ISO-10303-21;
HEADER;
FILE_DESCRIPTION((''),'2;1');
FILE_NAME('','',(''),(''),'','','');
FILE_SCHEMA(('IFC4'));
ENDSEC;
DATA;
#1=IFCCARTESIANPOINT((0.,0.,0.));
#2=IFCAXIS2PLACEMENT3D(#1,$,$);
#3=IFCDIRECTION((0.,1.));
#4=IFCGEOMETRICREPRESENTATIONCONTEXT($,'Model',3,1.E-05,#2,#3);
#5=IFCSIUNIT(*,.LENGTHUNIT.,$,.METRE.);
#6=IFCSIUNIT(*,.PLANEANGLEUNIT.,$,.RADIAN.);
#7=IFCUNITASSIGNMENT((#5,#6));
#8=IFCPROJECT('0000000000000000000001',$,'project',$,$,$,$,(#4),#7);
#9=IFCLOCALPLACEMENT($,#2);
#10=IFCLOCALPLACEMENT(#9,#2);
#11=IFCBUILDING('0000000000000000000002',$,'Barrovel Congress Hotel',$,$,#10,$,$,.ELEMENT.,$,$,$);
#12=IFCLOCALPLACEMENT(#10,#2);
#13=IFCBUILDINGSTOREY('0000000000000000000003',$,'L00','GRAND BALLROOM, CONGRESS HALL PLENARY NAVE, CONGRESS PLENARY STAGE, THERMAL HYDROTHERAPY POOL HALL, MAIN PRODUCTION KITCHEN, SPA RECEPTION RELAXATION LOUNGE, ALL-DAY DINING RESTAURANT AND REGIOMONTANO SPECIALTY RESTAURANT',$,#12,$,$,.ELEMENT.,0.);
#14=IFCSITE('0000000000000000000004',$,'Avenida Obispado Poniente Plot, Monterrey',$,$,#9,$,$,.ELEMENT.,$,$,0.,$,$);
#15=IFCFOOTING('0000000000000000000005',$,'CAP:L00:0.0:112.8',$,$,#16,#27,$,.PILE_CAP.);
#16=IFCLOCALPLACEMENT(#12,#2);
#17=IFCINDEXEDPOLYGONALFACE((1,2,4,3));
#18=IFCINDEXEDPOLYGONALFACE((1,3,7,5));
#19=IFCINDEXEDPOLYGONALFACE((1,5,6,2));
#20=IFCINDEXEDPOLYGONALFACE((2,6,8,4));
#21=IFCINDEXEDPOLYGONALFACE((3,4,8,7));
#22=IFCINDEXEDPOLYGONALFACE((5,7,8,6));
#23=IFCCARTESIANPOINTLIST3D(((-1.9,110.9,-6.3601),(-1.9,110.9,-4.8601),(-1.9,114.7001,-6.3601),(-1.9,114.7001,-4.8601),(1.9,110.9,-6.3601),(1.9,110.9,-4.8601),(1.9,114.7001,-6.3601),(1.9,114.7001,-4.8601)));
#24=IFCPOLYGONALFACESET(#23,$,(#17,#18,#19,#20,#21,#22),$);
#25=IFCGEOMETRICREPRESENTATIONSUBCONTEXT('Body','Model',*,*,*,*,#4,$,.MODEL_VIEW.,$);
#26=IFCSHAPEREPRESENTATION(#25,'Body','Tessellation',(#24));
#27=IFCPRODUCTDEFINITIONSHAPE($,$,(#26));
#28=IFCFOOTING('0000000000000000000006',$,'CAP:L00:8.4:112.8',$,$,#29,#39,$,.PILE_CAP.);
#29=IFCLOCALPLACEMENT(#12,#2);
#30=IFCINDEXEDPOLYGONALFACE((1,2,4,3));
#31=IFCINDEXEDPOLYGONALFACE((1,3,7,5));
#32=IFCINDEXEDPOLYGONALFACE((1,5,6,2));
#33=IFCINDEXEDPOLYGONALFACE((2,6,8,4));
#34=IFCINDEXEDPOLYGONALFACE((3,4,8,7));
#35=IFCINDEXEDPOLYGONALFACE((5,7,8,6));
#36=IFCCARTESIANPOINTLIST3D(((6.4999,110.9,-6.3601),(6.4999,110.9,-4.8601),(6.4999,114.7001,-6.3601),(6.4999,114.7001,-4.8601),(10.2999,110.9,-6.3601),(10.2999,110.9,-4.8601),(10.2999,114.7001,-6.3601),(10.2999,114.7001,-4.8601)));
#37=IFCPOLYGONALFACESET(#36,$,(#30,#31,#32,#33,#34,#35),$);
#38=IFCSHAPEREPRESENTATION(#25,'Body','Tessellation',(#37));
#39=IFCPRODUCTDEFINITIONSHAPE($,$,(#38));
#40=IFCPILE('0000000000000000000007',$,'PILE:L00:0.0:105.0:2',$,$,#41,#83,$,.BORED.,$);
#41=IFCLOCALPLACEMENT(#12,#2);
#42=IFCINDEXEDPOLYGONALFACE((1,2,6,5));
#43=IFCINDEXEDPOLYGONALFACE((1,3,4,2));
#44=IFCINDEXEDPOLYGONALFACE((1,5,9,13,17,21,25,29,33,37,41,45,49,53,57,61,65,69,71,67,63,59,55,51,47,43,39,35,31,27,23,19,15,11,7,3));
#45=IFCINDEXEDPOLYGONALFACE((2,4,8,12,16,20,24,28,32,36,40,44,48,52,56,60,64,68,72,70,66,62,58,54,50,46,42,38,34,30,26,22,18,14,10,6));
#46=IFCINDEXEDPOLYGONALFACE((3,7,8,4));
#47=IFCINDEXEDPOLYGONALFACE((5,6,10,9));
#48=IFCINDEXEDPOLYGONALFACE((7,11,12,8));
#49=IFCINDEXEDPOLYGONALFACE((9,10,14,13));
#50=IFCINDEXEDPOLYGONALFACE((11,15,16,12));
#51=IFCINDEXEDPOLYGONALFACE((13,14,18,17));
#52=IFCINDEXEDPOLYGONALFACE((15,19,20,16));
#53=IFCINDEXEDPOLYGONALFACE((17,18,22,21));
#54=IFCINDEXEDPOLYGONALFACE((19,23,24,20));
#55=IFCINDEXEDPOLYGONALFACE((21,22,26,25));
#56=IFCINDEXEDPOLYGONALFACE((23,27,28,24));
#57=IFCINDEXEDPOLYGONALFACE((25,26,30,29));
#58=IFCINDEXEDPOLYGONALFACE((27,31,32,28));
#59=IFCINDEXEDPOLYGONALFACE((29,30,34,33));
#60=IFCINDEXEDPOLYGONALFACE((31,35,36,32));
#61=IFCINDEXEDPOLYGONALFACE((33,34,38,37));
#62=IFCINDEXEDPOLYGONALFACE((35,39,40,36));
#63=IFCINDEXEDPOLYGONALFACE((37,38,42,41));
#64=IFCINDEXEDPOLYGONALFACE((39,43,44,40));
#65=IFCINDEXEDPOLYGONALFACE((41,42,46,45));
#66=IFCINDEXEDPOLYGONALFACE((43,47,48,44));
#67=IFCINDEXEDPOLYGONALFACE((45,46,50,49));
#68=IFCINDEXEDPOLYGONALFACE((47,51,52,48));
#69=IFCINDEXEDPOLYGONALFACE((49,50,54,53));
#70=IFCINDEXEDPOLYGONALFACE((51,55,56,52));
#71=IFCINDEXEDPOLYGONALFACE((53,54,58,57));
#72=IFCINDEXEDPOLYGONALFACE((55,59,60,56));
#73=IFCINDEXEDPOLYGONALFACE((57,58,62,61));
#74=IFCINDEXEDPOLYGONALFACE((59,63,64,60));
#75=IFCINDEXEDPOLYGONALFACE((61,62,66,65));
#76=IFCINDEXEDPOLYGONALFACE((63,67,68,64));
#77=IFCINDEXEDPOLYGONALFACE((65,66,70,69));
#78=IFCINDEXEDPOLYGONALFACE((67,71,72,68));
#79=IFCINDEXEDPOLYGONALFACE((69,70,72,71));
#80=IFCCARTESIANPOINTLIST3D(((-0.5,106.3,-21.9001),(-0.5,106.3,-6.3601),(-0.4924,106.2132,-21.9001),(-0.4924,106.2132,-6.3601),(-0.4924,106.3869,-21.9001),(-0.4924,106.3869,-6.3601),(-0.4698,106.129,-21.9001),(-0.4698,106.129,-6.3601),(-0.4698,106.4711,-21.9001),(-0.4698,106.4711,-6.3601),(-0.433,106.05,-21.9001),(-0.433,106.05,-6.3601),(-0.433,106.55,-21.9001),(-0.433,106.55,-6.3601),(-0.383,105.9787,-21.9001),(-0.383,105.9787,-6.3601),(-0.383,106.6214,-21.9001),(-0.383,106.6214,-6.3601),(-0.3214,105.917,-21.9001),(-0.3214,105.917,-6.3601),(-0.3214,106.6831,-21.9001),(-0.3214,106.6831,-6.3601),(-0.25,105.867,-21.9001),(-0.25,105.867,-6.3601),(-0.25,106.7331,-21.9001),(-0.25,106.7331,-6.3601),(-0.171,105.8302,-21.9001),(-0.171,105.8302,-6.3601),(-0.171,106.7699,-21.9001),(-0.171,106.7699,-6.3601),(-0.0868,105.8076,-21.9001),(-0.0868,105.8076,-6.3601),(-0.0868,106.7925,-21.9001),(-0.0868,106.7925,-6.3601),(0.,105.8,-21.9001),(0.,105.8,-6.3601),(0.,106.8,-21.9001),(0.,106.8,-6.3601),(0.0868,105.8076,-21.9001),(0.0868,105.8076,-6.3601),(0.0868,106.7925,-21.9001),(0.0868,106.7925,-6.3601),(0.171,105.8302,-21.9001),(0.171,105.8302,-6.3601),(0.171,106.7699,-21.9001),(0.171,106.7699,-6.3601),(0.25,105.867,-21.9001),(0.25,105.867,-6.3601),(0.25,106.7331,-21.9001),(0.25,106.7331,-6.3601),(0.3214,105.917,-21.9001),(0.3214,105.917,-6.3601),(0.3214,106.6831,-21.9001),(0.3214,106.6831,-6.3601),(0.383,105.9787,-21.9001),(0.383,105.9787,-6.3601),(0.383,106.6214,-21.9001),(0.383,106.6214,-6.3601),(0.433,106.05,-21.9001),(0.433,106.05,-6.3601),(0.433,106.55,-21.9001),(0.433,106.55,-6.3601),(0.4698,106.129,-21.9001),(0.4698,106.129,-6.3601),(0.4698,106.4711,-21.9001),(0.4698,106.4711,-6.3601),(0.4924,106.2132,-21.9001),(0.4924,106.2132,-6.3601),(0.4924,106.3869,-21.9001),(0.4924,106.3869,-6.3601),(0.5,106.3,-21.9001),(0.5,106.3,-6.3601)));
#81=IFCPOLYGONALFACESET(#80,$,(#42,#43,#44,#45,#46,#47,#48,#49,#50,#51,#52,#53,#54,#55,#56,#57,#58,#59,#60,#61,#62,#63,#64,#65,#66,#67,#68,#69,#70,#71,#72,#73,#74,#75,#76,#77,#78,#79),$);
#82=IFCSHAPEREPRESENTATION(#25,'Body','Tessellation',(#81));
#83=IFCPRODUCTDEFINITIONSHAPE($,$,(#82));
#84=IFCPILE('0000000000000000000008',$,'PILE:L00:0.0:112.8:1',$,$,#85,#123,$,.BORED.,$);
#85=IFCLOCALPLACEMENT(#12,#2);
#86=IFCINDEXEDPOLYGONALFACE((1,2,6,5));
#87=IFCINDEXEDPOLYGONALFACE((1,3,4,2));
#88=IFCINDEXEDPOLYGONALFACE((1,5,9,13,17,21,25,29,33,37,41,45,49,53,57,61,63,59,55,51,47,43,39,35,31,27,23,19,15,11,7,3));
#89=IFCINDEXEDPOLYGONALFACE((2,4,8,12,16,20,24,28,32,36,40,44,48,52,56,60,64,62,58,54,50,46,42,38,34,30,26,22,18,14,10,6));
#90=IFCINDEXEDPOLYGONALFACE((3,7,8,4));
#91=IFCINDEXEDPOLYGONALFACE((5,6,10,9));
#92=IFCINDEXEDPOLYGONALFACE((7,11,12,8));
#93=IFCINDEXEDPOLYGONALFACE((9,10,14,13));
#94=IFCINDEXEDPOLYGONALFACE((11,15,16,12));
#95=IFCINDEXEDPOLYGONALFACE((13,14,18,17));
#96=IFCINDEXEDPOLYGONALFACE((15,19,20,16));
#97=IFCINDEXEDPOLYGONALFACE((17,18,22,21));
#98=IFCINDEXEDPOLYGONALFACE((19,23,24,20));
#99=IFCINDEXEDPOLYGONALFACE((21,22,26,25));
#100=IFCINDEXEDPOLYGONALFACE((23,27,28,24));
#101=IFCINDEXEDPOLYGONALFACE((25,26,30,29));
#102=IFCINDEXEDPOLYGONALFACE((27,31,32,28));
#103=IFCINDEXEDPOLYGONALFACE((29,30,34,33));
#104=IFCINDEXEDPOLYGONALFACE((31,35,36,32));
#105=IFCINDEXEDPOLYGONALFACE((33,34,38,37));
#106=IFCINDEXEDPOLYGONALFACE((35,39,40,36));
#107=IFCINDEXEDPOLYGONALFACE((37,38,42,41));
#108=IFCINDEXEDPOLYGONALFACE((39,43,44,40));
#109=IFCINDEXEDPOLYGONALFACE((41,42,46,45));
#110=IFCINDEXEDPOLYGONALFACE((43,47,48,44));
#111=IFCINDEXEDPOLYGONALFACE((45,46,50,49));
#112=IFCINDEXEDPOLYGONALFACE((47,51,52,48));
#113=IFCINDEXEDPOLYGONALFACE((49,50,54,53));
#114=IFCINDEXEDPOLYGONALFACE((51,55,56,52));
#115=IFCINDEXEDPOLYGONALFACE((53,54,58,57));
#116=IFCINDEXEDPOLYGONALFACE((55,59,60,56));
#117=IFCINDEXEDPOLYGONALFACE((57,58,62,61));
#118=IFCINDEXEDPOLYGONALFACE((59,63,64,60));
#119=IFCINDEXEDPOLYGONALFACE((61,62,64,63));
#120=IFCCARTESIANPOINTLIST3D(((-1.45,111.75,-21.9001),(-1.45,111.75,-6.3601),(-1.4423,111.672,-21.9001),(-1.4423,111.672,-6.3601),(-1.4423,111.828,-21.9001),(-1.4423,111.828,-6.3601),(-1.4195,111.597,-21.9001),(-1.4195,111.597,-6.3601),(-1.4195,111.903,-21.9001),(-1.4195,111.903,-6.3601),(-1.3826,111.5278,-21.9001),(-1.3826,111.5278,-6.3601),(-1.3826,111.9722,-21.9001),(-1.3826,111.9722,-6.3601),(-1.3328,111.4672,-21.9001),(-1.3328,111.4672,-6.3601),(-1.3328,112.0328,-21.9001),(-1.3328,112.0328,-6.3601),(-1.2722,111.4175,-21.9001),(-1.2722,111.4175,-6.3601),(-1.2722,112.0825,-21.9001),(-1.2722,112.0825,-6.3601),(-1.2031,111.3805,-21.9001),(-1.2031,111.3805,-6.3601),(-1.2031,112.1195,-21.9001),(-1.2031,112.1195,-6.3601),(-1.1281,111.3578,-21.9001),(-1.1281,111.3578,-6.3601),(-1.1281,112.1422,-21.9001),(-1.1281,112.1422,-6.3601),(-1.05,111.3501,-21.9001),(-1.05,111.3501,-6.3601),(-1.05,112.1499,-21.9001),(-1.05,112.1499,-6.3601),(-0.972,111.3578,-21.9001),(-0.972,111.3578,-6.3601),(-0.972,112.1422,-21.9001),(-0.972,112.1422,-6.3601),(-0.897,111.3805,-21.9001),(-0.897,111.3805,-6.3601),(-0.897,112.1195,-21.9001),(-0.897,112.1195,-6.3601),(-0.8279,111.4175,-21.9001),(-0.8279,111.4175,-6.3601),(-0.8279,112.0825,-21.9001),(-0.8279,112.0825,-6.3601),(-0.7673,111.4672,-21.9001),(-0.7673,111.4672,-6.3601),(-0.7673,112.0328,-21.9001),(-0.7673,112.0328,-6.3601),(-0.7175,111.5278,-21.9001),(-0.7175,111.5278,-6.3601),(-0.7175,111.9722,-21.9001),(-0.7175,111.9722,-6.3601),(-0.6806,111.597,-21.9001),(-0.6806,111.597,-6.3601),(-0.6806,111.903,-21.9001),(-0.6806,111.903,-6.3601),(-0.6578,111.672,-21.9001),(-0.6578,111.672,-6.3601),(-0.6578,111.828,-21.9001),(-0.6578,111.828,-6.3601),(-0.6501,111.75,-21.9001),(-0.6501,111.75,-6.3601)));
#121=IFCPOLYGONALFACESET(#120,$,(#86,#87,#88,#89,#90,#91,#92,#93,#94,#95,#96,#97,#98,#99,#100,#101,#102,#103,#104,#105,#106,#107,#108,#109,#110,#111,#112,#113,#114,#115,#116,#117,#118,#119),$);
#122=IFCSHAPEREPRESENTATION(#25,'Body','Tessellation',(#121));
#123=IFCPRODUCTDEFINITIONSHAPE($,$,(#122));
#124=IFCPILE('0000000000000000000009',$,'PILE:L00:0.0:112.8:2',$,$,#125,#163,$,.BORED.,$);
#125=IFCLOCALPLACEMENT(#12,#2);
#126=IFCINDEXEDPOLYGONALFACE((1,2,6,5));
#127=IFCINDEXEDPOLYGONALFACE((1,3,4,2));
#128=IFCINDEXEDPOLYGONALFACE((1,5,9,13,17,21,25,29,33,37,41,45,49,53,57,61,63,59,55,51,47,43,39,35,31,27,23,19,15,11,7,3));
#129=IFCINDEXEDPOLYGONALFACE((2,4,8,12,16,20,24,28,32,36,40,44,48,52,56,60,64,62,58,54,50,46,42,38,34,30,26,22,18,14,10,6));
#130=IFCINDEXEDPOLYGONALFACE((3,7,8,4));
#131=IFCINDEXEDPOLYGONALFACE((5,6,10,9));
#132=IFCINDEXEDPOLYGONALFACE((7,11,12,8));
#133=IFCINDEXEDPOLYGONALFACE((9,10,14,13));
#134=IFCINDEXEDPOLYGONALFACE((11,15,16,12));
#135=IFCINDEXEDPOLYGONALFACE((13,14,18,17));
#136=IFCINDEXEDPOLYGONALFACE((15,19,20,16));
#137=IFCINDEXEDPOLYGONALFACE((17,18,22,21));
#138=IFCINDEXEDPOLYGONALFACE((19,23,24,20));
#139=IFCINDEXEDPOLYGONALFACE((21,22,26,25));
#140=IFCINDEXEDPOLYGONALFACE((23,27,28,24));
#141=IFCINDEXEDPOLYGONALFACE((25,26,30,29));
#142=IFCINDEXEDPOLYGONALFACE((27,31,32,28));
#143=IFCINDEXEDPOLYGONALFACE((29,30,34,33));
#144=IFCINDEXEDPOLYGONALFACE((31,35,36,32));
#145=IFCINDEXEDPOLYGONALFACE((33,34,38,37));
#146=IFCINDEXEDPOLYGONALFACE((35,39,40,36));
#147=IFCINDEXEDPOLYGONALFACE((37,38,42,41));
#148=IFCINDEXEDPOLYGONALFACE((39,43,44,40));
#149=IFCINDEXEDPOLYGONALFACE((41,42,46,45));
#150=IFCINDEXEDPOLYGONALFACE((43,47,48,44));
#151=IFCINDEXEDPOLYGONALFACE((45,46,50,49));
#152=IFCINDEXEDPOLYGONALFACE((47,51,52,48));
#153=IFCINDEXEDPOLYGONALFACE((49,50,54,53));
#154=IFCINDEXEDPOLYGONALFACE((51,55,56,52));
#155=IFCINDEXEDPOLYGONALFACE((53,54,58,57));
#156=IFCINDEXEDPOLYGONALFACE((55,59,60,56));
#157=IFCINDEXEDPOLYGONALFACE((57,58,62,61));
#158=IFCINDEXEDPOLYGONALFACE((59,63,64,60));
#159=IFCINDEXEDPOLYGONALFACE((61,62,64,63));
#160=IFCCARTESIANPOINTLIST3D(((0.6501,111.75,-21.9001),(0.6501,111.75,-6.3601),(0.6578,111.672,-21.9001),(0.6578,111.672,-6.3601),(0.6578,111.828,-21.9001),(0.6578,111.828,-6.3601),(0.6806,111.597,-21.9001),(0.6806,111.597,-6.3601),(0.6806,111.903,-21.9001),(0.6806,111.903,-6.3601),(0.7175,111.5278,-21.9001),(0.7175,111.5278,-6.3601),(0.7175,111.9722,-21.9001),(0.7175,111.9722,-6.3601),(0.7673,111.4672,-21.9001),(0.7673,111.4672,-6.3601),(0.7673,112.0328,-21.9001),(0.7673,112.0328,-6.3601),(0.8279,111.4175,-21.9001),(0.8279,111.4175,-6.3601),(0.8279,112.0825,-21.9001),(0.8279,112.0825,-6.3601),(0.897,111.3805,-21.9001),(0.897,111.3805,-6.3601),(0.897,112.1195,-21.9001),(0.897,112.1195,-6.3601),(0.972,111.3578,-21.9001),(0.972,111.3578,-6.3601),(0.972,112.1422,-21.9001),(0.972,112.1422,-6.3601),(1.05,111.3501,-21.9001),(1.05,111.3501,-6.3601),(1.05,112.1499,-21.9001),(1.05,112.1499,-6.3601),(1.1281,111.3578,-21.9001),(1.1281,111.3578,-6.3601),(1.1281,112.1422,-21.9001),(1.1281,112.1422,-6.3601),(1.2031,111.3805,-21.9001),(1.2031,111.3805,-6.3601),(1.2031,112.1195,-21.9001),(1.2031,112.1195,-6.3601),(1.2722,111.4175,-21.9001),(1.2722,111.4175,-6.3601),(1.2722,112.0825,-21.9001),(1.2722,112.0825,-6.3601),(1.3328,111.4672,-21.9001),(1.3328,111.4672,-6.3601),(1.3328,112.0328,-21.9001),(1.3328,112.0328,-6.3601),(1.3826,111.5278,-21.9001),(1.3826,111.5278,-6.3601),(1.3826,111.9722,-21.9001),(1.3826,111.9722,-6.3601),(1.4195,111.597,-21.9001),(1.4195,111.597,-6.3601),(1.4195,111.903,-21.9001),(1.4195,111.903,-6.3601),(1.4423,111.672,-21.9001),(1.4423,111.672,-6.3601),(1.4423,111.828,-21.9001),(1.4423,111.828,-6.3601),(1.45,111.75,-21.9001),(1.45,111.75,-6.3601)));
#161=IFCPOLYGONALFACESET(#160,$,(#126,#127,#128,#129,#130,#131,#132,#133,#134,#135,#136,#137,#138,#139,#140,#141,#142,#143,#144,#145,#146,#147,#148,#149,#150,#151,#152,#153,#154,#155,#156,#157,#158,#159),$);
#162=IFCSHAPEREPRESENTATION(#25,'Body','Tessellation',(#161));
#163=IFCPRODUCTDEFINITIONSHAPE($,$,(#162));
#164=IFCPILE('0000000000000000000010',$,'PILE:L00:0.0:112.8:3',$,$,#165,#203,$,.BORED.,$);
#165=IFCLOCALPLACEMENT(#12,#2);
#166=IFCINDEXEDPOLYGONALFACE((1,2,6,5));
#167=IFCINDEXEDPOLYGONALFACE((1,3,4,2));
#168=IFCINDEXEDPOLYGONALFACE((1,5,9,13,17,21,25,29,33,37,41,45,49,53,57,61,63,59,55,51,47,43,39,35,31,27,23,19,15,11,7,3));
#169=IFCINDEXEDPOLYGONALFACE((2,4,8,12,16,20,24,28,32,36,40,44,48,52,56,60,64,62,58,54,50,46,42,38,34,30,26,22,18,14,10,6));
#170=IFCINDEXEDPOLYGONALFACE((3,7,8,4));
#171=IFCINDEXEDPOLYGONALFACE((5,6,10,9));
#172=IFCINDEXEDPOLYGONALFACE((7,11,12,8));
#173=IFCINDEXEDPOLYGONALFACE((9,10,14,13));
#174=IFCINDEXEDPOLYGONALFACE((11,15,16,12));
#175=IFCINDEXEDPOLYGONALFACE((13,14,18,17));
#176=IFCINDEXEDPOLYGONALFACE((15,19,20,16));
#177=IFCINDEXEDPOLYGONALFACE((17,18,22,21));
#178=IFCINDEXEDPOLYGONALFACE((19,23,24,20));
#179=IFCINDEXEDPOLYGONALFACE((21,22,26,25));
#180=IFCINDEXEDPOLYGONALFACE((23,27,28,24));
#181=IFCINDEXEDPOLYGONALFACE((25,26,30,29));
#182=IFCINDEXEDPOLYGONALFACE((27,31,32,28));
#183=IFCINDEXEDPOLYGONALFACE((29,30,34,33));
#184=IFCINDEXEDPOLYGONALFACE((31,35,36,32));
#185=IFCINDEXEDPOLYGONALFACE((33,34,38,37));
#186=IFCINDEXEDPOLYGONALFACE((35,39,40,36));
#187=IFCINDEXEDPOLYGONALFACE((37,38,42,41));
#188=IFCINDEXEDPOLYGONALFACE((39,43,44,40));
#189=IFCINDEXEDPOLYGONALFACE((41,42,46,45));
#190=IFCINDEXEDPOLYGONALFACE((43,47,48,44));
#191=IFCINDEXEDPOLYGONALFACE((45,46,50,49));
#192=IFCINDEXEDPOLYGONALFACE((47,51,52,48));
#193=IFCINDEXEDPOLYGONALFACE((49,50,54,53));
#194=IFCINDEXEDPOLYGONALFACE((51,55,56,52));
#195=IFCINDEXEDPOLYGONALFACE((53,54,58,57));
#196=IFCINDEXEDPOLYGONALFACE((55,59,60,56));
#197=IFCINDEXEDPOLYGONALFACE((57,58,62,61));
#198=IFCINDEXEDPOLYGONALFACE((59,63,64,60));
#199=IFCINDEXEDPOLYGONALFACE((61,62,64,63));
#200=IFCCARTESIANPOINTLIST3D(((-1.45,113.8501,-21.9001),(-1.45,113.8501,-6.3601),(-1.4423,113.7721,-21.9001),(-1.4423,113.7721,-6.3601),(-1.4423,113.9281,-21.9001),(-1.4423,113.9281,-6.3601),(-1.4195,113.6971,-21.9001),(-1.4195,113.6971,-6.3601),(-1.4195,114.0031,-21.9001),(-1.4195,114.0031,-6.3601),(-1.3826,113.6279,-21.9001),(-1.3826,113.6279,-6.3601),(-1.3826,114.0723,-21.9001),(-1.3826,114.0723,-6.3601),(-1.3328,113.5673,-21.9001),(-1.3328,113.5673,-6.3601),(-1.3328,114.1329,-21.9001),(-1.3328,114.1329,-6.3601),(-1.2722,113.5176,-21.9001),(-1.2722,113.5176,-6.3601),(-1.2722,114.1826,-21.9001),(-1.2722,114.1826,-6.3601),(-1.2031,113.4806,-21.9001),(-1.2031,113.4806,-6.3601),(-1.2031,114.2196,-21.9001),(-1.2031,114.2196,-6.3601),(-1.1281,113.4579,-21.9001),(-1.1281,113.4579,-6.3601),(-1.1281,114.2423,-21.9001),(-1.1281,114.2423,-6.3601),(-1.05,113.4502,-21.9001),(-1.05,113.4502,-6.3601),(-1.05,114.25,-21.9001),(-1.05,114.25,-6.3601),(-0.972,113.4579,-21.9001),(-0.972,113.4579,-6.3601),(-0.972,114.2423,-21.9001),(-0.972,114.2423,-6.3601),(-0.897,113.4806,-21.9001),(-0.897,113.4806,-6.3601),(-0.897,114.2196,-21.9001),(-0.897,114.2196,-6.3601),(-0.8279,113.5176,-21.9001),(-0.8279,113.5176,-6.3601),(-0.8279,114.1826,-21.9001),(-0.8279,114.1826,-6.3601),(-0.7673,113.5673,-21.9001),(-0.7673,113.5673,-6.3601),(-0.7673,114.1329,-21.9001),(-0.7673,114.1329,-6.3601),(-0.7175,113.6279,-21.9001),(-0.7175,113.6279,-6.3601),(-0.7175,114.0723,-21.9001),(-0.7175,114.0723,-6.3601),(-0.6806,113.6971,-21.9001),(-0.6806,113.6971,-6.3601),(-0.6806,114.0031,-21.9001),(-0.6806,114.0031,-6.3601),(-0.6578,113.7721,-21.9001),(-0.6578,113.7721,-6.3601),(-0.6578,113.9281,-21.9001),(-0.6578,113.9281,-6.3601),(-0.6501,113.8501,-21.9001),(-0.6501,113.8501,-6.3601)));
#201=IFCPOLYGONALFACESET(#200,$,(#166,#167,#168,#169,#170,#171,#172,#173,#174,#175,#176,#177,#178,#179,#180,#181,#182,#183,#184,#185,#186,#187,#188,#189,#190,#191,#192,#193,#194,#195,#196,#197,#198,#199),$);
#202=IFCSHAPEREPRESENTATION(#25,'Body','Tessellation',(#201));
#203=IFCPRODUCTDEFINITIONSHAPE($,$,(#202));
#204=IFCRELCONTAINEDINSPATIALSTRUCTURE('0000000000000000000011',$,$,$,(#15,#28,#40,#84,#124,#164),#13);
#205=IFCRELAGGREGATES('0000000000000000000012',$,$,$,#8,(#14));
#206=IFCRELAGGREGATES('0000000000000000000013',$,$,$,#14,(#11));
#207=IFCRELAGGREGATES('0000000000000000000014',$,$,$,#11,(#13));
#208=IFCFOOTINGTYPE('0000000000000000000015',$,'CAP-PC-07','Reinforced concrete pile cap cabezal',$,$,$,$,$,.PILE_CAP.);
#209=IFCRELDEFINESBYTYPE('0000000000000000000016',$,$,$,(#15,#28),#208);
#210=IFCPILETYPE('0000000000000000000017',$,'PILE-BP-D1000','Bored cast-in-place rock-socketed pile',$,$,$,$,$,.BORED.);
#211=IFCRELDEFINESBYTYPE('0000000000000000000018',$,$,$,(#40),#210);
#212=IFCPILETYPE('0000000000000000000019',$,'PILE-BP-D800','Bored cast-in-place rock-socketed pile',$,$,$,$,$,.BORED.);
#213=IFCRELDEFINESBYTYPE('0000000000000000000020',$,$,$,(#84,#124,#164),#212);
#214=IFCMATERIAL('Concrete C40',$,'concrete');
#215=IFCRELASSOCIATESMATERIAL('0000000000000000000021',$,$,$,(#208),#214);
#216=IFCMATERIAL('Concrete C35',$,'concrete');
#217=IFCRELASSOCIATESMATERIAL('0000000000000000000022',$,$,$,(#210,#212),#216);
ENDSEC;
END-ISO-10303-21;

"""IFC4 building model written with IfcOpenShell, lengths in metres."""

from ifc_helpers import new_model, si_unit, direction, frame, origin, origin_2d, place, context, subcontext, project, spatial, rectangle, circle, extrude, material, material_profile, profile_set, type_object, element, save


model = new_model("IFC4")

# Units and contexts
model_context = context("Model", 3, precision=1e-05, world=origin(), true_north=direction((0.0, 1.0)))
body_context = subcontext(model_context, "Body", "Model", "MODEL_VIEW")
ifc_project = project(units=[si_unit("LENGTHUNIT", "METRE"), si_unit("PLANEANGLEUNIT", "RADIAN")], contexts=[model_context])

# Site, building, storey
site_placement = place(None, origin())
site = spatial("IfcSite", under=ifc_project, at=site_placement, Name="Avenida Obispado Poniente Plot, Monterrey", CompositionType="ELEMENT", RefElevation=0.0)
building_placement = place(site_placement, origin())
building = spatial("IfcBuilding", under=site, at=building_placement, Name="Barrovel Congress Hotel", CompositionType="ELEMENT")
storey_placement = place(building_placement, origin())
storey = spatial("IfcBuildingStorey", under=building, at=storey_placement, Name="L00", Description="GRAND BALLROOM, CONGRESS HALL PLENARY NAVE, CONGRESS PLENARY STAGE, THERMAL HYDROTHERAPY POOL HALL, MAIN PRODUCTION KITCHEN, SPA RECEPTION RELAXATION LOUNGE, ALL-DAY DINING RESTAURANT AND REGIOMONTANO SPECIALTY RESTAURANT", CompositionType="ELEMENT", Elevation=0.0)

# Footings
ifc_material_1 = material(Name="Concrete C40", Category="concrete")
footing_type = type_object("IfcFootingType", Name="CAP-PC-07", Description="Reinforced concrete pile cap cabezal", PredefinedType="PILE_CAP", material=ifc_material_1)
for number, where, z_axis, x_axis, name in (
    (1, (0.0, 112.8, -6.3601), (0.0, 0.0, 1.0), (1.0, 0.0, 0.0), "CAP:L00:0.0:112.8"),
    (2, (8.3999, 112.8, -6.3601), (0.0, 0.0, 1.0), (1.0, 0.0, 0.0), "CAP:L00:8.4:112.8"),
):
    element("IfcFooting", number, at=place(storey_placement, frame(where, z_axis=z_axis, x_axis=x_axis)), inside=storey, type_object=footing_type, Name=name, PredefinedType="PILE_CAP", context=body_context, shape_type="SweptSolid", body=[
        extrude(rectangle(XDim=3.8, YDim=3.8, at=origin_2d()), origin(), (0.0, 0.0, 1.0), 1.5),
    ])

# Piles
ifc_material_2 = material(Name="Concrete C35", Category="concrete")
ifc_material_profile_1 = material_profile(ifc_material_2, circle(Radius=0.5, at=origin_2d()), Name="BP-D1000")
ifc_profile_set_1 = profile_set([ifc_material_profile_1], Name="Concrete C35")
pile_type_1 = type_object("IfcPileType", Name="PILE-BP-D1000", Description="Bored cast-in-place rock-socketed pile", PredefinedType="BORED", material=ifc_profile_set_1)
pile_1_placement = place(storey_placement, frame((0.0, 106.3, -6.3601), z_axis=(0.0, 0.0, -1.0), x_axis=(1.0, 0.0, 0.0)))
element("IfcPile", 3, at=pile_1_placement, inside=storey, type_object=pile_type_1, Name="PILE:L00:0.0:105.0:2", PredefinedType="BORED", context=body_context, shape_type="SweptSolid", body=[
    extrude(circle(Radius=0.5, at=origin_2d()), origin(), (0.0, 0.0, 1.0), 15.54),
])
ifc_material_profile_2 = material_profile(ifc_material_2, circle(Radius=0.3999, at=origin_2d()), Name="BP-D800")
ifc_profile_set_2 = profile_set([ifc_material_profile_2], Name="Concrete C35")
pile_type_2 = type_object("IfcPileType", Name="PILE-BP-D800", Description="Bored cast-in-place rock-socketed pile", PredefinedType="BORED", material=ifc_profile_set_2)
for number, where, z_axis, x_axis, name in (
    (4, (-1.05, 111.75, -6.3601), (0.0, 0.0, -1.0), (1.0, 0.0, 0.0), "PILE:L00:0.0:112.8:1"),
    (5, (1.05, 111.75, -6.3601), (0.0, 0.0, -1.0), (1.0, 0.0, 0.0), "PILE:L00:0.0:112.8:2"),
    (6, (-1.05, 113.8501, -6.3601), (0.0, 0.0, -1.0), (1.0, 0.0, 0.0), "PILE:L00:0.0:112.8:3"),
):
    element("IfcPile", number, at=place(storey_placement, frame(where, z_axis=z_axis, x_axis=x_axis)), inside=storey, type_object=pile_type_2, Name=name, PredefinedType="BORED", context=body_context, shape_type="SweptSolid", body=[
        extrude(circle(Radius=0.3999, at=origin_2d()), origin(), (0.0, 0.0, 1.0), 15.54),
    ])

save(model, "model.ifc")
